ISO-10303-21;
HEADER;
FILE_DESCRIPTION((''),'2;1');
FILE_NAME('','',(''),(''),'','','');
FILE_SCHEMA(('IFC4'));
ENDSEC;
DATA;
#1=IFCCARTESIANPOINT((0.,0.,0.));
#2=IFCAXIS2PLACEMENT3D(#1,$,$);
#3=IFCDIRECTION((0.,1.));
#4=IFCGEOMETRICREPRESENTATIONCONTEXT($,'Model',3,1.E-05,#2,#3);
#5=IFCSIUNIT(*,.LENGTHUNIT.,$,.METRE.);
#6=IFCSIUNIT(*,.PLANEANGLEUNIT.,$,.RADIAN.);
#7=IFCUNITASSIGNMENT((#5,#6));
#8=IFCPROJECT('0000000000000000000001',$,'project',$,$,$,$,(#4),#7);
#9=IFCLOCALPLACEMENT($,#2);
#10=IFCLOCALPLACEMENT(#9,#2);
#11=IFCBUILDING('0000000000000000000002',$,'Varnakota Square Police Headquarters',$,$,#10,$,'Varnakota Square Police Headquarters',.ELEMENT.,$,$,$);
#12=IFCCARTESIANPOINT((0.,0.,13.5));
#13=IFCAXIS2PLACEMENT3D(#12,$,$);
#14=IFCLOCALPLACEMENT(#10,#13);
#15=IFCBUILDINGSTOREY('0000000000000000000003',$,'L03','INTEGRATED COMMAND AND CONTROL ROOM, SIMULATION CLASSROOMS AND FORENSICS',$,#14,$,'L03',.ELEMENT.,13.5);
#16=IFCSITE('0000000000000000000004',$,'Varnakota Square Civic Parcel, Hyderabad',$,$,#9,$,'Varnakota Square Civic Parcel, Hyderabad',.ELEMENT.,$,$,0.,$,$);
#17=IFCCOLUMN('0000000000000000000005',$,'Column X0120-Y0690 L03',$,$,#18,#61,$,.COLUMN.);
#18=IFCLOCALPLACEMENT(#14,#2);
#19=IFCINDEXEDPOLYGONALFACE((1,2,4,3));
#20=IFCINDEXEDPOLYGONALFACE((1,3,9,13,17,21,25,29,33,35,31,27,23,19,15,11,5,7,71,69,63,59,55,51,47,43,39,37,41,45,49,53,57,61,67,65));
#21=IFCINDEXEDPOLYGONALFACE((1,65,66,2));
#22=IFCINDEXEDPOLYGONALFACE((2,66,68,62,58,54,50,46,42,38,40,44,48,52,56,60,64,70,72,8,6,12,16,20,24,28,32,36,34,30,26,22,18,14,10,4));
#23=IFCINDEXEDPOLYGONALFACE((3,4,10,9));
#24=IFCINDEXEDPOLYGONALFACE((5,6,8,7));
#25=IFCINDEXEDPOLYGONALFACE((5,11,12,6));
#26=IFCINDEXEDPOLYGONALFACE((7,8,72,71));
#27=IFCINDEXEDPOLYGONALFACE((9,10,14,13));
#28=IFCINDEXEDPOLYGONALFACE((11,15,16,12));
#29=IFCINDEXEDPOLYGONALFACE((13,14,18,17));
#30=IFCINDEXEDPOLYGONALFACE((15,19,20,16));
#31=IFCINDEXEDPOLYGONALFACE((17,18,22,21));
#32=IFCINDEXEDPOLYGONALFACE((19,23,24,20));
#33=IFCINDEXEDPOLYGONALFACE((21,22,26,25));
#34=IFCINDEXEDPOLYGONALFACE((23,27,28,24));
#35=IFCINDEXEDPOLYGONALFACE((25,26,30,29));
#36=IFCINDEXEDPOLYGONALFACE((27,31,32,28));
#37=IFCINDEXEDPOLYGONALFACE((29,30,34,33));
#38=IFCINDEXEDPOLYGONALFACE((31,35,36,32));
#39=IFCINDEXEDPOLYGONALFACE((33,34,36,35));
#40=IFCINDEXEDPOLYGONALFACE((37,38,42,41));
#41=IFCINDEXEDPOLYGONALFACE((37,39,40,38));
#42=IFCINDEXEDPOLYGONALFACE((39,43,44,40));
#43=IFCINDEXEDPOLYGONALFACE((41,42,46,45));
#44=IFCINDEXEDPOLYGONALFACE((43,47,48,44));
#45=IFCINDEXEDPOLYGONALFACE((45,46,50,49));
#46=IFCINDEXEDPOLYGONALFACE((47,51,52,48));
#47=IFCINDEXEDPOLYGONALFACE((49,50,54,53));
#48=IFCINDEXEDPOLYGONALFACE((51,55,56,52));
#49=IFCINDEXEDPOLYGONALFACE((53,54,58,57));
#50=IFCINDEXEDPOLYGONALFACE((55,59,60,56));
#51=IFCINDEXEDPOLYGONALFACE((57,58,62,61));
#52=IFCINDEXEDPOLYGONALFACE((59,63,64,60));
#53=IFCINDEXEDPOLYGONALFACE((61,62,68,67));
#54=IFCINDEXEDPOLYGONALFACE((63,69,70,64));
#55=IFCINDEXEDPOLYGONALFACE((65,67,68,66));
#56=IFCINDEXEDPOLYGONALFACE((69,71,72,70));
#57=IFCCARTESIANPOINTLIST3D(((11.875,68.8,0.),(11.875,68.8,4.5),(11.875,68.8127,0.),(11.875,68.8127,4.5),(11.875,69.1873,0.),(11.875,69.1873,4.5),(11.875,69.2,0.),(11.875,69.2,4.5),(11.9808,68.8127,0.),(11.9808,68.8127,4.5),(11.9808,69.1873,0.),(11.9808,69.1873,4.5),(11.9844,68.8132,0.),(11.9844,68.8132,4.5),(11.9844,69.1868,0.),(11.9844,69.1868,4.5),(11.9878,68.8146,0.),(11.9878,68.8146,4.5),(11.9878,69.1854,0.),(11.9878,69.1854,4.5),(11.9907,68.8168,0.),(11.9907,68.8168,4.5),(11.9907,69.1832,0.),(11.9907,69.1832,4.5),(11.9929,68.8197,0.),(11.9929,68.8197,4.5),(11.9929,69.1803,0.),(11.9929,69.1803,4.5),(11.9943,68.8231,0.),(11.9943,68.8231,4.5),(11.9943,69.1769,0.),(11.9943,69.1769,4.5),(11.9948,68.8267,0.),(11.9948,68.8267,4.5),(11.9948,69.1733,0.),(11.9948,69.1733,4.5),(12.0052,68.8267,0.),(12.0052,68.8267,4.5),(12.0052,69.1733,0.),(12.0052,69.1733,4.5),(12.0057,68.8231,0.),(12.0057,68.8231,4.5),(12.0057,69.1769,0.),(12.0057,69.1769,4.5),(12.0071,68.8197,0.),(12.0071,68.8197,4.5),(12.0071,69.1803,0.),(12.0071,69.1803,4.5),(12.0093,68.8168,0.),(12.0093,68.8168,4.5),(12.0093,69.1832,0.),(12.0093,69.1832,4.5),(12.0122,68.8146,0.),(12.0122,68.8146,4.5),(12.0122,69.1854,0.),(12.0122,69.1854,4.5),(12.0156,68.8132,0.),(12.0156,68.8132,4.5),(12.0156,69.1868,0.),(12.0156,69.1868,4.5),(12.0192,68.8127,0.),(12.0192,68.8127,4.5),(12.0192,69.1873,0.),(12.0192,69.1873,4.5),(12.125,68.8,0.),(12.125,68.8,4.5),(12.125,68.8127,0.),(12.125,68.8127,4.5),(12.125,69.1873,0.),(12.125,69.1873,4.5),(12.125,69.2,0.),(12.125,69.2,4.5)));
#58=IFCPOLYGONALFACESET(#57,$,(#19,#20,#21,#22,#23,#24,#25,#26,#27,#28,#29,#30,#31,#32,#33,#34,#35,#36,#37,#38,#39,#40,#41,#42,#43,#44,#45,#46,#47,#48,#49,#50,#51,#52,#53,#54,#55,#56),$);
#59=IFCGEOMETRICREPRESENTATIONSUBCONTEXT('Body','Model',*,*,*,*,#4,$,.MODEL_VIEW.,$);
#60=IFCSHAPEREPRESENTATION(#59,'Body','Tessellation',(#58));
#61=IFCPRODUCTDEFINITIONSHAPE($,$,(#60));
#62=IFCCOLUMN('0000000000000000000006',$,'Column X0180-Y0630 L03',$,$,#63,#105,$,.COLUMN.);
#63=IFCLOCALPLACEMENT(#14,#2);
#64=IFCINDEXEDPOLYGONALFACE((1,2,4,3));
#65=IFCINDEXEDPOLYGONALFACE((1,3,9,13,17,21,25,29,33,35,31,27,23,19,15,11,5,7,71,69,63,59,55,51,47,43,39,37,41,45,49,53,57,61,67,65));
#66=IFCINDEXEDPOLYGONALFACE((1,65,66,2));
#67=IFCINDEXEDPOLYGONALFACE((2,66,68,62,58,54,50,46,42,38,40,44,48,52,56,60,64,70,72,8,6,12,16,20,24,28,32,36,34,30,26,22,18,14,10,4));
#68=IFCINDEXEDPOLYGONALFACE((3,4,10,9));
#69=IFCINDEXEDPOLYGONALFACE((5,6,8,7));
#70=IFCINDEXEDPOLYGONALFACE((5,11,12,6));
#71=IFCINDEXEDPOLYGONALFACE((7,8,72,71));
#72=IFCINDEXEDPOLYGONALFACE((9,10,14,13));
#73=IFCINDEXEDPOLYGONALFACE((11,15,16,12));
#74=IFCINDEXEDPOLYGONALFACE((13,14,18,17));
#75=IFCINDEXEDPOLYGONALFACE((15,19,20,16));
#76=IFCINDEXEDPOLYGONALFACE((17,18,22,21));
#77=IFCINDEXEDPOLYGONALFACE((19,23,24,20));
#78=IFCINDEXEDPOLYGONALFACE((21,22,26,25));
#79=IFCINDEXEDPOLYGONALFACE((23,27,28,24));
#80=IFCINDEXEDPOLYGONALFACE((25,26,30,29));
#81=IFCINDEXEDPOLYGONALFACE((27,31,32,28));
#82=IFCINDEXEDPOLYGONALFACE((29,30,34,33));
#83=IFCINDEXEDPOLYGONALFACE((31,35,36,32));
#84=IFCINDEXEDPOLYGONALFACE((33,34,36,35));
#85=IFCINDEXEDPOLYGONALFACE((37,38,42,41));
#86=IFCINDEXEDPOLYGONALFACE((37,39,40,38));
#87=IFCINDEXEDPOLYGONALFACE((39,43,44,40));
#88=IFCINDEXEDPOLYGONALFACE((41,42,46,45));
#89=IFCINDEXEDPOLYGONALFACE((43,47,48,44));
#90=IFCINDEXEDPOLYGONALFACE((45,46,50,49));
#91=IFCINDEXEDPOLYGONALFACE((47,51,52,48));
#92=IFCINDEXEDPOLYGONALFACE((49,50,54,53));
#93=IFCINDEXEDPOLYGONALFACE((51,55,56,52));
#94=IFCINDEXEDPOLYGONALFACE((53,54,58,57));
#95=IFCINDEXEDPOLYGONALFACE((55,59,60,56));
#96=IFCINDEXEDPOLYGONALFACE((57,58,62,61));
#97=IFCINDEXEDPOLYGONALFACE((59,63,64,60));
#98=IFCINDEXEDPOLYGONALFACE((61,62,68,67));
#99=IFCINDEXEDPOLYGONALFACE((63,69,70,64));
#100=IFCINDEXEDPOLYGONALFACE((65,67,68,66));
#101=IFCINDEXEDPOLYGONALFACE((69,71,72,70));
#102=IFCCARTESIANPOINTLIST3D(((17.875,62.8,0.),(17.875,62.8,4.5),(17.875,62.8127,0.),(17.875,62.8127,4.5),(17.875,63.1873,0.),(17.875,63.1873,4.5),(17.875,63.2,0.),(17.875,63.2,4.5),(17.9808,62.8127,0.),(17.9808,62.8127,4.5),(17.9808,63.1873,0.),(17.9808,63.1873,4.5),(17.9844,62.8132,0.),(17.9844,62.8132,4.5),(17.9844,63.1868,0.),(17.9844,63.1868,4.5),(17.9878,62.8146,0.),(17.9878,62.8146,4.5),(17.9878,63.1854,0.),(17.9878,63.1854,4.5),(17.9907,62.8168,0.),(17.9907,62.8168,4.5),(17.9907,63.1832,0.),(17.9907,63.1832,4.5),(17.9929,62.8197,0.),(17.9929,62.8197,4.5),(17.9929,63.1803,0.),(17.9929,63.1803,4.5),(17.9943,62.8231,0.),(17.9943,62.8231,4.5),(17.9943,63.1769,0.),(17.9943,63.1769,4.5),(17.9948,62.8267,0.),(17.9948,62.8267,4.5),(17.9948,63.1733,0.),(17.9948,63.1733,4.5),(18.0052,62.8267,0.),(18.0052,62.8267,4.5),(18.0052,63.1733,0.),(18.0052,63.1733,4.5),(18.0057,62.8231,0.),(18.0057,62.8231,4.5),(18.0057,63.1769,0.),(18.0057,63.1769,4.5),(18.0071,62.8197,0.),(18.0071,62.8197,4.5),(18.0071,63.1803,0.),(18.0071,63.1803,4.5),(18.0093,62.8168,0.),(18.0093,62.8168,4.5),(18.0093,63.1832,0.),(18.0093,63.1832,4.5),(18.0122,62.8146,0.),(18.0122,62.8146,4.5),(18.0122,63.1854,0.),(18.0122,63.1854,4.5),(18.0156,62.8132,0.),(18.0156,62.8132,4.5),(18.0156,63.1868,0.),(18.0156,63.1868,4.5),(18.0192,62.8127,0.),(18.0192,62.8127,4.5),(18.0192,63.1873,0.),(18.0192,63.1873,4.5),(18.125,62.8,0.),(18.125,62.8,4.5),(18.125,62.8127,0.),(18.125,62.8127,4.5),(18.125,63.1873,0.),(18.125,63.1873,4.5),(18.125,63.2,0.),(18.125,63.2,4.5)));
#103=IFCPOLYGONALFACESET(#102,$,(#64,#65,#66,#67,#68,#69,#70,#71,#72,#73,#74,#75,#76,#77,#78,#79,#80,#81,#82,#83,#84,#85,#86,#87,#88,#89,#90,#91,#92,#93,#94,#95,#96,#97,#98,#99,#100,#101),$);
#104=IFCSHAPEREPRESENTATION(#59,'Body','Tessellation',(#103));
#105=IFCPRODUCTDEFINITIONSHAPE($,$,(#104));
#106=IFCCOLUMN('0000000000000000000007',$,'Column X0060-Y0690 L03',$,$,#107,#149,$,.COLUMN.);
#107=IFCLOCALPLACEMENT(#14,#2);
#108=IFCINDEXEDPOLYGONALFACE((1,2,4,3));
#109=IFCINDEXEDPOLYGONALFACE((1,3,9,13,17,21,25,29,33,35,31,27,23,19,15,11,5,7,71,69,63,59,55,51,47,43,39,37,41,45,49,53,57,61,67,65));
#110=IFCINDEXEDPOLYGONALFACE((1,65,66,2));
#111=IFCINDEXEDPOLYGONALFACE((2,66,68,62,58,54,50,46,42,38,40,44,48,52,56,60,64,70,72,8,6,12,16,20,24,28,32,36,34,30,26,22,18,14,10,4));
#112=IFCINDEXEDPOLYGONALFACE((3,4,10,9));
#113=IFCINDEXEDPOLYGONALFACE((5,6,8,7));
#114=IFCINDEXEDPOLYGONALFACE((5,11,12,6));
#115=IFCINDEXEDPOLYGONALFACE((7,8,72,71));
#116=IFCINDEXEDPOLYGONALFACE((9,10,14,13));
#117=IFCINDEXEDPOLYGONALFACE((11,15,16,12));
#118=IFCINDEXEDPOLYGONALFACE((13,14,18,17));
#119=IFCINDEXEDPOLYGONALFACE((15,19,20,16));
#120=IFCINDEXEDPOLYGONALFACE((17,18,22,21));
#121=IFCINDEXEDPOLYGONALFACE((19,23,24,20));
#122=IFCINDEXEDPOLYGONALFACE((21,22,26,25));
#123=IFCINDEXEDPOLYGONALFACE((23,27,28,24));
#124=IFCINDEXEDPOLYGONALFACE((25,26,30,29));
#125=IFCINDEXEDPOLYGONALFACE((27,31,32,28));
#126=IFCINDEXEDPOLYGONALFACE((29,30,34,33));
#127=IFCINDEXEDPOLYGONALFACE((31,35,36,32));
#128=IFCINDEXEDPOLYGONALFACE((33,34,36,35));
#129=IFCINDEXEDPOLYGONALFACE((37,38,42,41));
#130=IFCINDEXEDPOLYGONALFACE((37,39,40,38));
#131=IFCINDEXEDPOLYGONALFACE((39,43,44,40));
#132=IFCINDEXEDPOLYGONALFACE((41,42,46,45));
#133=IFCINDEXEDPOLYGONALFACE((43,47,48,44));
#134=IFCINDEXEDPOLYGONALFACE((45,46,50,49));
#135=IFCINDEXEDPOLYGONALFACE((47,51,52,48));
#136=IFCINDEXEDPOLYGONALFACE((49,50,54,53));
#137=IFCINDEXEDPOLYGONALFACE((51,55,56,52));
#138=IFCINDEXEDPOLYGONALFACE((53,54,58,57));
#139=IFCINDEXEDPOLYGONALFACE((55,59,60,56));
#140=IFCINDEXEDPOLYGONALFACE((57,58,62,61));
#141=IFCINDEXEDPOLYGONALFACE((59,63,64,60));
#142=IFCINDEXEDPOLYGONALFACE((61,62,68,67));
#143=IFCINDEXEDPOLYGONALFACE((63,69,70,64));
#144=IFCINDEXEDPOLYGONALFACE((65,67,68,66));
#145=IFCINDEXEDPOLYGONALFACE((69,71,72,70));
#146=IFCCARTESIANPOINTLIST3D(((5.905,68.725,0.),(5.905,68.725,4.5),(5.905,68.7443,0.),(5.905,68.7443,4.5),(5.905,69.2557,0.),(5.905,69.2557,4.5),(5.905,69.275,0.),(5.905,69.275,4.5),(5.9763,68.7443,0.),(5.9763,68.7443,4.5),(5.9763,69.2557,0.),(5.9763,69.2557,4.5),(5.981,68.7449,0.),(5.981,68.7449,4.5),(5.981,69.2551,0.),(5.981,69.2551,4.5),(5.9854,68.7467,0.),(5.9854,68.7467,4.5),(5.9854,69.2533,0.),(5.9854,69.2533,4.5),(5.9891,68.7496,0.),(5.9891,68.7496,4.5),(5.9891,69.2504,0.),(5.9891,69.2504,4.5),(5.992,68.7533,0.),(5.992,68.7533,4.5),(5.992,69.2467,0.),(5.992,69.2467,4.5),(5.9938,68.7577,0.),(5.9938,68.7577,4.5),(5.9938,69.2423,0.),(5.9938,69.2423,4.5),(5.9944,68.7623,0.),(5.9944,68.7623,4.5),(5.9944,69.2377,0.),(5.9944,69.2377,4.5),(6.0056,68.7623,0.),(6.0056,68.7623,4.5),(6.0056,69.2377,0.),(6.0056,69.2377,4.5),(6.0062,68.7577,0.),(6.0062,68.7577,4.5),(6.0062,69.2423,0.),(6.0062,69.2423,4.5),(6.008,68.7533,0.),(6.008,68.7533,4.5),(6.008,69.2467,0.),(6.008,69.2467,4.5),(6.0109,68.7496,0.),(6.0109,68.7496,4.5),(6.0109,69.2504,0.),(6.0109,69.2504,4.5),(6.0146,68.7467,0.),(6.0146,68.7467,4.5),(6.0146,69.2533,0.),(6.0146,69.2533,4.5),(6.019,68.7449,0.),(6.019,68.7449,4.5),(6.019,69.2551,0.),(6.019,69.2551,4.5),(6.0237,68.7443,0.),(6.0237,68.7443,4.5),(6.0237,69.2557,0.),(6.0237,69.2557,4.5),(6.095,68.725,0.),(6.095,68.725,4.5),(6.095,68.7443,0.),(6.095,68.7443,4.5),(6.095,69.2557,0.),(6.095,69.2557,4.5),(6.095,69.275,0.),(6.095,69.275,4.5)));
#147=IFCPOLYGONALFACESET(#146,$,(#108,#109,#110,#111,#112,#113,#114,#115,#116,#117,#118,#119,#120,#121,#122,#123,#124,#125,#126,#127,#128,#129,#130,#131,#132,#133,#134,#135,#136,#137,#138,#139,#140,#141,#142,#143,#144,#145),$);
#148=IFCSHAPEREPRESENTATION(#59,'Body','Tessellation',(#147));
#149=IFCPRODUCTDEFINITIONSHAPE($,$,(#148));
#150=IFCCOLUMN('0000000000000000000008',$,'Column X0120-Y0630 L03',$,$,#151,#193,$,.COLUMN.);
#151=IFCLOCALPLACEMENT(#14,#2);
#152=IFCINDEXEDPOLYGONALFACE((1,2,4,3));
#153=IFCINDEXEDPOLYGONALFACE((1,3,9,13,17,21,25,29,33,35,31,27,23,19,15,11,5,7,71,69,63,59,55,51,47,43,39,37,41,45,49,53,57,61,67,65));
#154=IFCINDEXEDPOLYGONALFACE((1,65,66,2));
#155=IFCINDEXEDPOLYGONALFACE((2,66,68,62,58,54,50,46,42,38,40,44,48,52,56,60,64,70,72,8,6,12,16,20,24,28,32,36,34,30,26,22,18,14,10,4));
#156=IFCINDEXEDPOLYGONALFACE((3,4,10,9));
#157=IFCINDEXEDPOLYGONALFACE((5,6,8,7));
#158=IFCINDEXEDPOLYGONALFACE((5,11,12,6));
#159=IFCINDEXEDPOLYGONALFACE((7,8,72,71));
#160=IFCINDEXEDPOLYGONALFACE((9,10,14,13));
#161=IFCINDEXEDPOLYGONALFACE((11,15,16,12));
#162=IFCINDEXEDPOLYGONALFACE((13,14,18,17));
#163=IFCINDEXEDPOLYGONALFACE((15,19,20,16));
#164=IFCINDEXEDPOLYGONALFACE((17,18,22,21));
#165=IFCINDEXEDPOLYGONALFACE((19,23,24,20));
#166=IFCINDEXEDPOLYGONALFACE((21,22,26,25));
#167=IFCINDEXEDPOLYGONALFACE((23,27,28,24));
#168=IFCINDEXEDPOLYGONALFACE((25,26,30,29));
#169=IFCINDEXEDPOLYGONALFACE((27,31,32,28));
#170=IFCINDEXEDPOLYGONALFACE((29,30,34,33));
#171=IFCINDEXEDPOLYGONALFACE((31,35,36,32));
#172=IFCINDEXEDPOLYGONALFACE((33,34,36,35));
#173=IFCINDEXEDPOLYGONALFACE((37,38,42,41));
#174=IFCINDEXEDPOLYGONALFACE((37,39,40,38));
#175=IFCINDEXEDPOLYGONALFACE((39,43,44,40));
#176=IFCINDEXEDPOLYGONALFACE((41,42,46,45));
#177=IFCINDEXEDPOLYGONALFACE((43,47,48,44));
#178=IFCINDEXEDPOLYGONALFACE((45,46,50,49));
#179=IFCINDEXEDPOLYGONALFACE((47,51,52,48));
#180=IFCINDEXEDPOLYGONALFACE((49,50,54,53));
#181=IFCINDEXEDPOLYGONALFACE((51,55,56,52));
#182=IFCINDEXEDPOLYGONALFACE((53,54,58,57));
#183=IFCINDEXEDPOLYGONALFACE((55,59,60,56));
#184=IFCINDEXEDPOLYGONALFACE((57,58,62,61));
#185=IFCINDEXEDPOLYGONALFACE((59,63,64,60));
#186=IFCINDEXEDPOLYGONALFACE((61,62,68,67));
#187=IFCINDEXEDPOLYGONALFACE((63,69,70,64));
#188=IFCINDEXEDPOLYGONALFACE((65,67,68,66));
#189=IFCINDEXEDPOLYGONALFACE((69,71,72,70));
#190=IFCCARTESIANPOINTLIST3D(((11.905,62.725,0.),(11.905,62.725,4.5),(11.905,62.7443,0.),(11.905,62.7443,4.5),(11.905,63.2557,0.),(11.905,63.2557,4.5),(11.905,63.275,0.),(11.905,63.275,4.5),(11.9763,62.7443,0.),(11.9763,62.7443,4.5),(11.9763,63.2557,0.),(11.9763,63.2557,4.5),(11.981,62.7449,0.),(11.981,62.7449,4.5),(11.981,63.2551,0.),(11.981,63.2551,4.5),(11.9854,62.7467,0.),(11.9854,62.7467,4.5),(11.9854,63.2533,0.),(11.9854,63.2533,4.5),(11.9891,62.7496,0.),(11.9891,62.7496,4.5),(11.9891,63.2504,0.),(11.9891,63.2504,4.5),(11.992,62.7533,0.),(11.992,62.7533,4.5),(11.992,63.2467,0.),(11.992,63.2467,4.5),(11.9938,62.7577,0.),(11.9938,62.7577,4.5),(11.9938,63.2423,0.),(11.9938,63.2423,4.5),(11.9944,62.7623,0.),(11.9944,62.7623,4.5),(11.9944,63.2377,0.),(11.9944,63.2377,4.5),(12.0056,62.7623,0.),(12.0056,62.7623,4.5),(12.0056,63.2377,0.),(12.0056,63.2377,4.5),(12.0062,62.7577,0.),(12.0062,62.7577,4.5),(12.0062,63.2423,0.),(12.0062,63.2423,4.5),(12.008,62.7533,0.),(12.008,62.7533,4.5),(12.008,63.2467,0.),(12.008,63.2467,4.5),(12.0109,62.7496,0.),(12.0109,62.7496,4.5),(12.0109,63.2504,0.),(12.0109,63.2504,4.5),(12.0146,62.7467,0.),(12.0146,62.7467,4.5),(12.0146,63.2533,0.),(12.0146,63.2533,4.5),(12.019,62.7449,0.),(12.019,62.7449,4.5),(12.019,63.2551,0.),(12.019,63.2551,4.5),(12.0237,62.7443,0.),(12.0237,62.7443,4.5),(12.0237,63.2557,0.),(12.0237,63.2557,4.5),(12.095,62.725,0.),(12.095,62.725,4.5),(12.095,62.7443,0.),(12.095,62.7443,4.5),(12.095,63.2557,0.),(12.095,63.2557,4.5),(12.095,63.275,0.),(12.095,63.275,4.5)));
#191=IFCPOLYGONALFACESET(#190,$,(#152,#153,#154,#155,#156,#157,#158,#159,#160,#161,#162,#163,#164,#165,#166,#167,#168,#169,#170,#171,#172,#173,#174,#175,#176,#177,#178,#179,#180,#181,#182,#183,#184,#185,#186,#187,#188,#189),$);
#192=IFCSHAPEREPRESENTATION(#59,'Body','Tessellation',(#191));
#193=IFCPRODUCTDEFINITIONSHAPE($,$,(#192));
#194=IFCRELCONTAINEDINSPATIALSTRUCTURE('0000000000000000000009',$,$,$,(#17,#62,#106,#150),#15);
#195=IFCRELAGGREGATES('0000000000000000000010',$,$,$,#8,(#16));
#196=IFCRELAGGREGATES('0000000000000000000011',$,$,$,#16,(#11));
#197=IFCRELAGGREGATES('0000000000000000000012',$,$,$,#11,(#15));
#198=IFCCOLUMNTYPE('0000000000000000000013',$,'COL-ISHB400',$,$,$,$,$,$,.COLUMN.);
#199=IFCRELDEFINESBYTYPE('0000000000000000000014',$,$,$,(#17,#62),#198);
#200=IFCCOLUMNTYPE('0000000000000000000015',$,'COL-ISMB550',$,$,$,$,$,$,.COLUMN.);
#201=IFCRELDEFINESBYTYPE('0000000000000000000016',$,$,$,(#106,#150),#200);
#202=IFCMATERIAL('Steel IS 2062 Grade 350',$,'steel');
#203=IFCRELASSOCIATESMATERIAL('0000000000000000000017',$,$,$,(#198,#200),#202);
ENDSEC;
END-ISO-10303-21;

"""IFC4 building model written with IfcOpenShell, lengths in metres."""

from ifc_helpers import new_model, si_unit, direction, frame, origin, origin_2d, place, context, subcontext, project, spatial, i_section, extrude, material, material_profile, profile_set, type_object, element, save


model = new_model("IFC4")

# Units and contexts
model_context = context("Model", 3, precision=1e-05, world=origin(), true_north=direction((0.0, 1.0)))
body_context = subcontext(model_context, "Body", "Model", "MODEL_VIEW")
ifc_project = project(units=[si_unit("LENGTHUNIT", "METRE"), si_unit("PLANEANGLEUNIT", "RADIAN")], contexts=[model_context])

# Site, building, storey
site_placement = place(None, origin())
site = spatial("IfcSite", under=ifc_project, at=site_placement, Name="Varnakota Square Civic Parcel, Hyderabad", LongName="Varnakota Square Civic Parcel, Hyderabad", CompositionType="ELEMENT", RefElevation=0.0)
building_placement = place(site_placement, origin())
building = spatial("IfcBuilding", under=site, at=building_placement, Name="Varnakota Square Police Headquarters", LongName="Varnakota Square Police Headquarters", CompositionType="ELEMENT")
storey_placement = place(building_placement, frame((0.0, 0.0, 13.5)))
storey = spatial("IfcBuildingStorey", under=building, at=storey_placement, Name="L03", Description="INTEGRATED COMMAND AND CONTROL ROOM, SIMULATION CLASSROOMS AND FORENSICS", LongName="L03", CompositionType="ELEMENT", Elevation=13.5)

# Columns
ifc_material_1 = material(Name="Steel IS 2062 Grade 350", Category="steel")
ifc_material_profile_1 = material_profile(ifc_material_1, i_section(OverallWidth=0.25, OverallDepth=0.3999, WebThickness=0.0105, FlangeThickness=0.0127, FilletRadius=0.0139, at=origin_2d()), Name="ISHB 400")
ifc_profile_set_1 = profile_set([ifc_material_profile_1], Name="Steel IS 2062 Grade 350")
column_type_1 = type_object("IfcColumnType", Name="COL-ISHB400", PredefinedType="COLUMN", material=ifc_profile_set_1)
for number, where, z_axis, x_axis, name in (
    (1, (12.0, 69.0, 0.0), (0.0, 0.0, 1.0), (1.0, 0.0, 0.0), "Column X0120-Y0690 L03"),
    (2, (18.0, 63.0, 0.0), (0.0, 0.0, 1.0), (1.0, 0.0, 0.0), "Column X0180-Y0630 L03"),
):
    element("IfcColumn", number, at=place(storey_placement, frame(where, z_axis=z_axis, x_axis=x_axis)), inside=storey, type_object=column_type_1, Name=name, PredefinedType="COLUMN", context=body_context, shape_type="SweptSolid", body=[
        extrude(i_section(OverallWidth=0.25, OverallDepth=0.3999, WebThickness=0.0105, FlangeThickness=0.0127, FilletRadius=0.0139, at=origin_2d()), origin(), (0.0, 0.0, 1.0), 4.5),
    ])
ifc_material_profile_2 = material_profile(ifc_material_1, i_section(OverallWidth=0.1899, OverallDepth=0.55, WebThickness=0.0112, FlangeThickness=0.0193, FilletRadius=0.0181, at=origin_2d()), Name="ISMB 550")
ifc_profile_set_2 = profile_set([ifc_material_profile_2], Name="Steel IS 2062 Grade 350")
column_type_2 = type_object("IfcColumnType", Name="COL-ISMB550", PredefinedType="COLUMN", material=ifc_profile_set_2)
for number, where, z_axis, x_axis, name in (
    (3, (6.0, 69.0, 0.0), (0.0, 0.0, 1.0), (1.0, 0.0, 0.0), "Column X0060-Y0690 L03"),
    (4, (12.0, 63.0, 0.0), (0.0, 0.0, 1.0), (1.0, 0.0, 0.0), "Column X0120-Y0630 L03"),
):
    element("IfcColumn", number, at=place(storey_placement, frame(where, z_axis=z_axis, x_axis=x_axis)), inside=storey, type_object=column_type_2, Name=name, PredefinedType="COLUMN", context=body_context, shape_type="SweptSolid", body=[
        extrude(i_section(OverallWidth=0.1899, OverallDepth=0.55, WebThickness=0.0112, FlangeThickness=0.0193, FilletRadius=0.0181, at=origin_2d()), origin(), (0.0, 0.0, 1.0), 4.5),
    ])

save(model, "model.ifc")
